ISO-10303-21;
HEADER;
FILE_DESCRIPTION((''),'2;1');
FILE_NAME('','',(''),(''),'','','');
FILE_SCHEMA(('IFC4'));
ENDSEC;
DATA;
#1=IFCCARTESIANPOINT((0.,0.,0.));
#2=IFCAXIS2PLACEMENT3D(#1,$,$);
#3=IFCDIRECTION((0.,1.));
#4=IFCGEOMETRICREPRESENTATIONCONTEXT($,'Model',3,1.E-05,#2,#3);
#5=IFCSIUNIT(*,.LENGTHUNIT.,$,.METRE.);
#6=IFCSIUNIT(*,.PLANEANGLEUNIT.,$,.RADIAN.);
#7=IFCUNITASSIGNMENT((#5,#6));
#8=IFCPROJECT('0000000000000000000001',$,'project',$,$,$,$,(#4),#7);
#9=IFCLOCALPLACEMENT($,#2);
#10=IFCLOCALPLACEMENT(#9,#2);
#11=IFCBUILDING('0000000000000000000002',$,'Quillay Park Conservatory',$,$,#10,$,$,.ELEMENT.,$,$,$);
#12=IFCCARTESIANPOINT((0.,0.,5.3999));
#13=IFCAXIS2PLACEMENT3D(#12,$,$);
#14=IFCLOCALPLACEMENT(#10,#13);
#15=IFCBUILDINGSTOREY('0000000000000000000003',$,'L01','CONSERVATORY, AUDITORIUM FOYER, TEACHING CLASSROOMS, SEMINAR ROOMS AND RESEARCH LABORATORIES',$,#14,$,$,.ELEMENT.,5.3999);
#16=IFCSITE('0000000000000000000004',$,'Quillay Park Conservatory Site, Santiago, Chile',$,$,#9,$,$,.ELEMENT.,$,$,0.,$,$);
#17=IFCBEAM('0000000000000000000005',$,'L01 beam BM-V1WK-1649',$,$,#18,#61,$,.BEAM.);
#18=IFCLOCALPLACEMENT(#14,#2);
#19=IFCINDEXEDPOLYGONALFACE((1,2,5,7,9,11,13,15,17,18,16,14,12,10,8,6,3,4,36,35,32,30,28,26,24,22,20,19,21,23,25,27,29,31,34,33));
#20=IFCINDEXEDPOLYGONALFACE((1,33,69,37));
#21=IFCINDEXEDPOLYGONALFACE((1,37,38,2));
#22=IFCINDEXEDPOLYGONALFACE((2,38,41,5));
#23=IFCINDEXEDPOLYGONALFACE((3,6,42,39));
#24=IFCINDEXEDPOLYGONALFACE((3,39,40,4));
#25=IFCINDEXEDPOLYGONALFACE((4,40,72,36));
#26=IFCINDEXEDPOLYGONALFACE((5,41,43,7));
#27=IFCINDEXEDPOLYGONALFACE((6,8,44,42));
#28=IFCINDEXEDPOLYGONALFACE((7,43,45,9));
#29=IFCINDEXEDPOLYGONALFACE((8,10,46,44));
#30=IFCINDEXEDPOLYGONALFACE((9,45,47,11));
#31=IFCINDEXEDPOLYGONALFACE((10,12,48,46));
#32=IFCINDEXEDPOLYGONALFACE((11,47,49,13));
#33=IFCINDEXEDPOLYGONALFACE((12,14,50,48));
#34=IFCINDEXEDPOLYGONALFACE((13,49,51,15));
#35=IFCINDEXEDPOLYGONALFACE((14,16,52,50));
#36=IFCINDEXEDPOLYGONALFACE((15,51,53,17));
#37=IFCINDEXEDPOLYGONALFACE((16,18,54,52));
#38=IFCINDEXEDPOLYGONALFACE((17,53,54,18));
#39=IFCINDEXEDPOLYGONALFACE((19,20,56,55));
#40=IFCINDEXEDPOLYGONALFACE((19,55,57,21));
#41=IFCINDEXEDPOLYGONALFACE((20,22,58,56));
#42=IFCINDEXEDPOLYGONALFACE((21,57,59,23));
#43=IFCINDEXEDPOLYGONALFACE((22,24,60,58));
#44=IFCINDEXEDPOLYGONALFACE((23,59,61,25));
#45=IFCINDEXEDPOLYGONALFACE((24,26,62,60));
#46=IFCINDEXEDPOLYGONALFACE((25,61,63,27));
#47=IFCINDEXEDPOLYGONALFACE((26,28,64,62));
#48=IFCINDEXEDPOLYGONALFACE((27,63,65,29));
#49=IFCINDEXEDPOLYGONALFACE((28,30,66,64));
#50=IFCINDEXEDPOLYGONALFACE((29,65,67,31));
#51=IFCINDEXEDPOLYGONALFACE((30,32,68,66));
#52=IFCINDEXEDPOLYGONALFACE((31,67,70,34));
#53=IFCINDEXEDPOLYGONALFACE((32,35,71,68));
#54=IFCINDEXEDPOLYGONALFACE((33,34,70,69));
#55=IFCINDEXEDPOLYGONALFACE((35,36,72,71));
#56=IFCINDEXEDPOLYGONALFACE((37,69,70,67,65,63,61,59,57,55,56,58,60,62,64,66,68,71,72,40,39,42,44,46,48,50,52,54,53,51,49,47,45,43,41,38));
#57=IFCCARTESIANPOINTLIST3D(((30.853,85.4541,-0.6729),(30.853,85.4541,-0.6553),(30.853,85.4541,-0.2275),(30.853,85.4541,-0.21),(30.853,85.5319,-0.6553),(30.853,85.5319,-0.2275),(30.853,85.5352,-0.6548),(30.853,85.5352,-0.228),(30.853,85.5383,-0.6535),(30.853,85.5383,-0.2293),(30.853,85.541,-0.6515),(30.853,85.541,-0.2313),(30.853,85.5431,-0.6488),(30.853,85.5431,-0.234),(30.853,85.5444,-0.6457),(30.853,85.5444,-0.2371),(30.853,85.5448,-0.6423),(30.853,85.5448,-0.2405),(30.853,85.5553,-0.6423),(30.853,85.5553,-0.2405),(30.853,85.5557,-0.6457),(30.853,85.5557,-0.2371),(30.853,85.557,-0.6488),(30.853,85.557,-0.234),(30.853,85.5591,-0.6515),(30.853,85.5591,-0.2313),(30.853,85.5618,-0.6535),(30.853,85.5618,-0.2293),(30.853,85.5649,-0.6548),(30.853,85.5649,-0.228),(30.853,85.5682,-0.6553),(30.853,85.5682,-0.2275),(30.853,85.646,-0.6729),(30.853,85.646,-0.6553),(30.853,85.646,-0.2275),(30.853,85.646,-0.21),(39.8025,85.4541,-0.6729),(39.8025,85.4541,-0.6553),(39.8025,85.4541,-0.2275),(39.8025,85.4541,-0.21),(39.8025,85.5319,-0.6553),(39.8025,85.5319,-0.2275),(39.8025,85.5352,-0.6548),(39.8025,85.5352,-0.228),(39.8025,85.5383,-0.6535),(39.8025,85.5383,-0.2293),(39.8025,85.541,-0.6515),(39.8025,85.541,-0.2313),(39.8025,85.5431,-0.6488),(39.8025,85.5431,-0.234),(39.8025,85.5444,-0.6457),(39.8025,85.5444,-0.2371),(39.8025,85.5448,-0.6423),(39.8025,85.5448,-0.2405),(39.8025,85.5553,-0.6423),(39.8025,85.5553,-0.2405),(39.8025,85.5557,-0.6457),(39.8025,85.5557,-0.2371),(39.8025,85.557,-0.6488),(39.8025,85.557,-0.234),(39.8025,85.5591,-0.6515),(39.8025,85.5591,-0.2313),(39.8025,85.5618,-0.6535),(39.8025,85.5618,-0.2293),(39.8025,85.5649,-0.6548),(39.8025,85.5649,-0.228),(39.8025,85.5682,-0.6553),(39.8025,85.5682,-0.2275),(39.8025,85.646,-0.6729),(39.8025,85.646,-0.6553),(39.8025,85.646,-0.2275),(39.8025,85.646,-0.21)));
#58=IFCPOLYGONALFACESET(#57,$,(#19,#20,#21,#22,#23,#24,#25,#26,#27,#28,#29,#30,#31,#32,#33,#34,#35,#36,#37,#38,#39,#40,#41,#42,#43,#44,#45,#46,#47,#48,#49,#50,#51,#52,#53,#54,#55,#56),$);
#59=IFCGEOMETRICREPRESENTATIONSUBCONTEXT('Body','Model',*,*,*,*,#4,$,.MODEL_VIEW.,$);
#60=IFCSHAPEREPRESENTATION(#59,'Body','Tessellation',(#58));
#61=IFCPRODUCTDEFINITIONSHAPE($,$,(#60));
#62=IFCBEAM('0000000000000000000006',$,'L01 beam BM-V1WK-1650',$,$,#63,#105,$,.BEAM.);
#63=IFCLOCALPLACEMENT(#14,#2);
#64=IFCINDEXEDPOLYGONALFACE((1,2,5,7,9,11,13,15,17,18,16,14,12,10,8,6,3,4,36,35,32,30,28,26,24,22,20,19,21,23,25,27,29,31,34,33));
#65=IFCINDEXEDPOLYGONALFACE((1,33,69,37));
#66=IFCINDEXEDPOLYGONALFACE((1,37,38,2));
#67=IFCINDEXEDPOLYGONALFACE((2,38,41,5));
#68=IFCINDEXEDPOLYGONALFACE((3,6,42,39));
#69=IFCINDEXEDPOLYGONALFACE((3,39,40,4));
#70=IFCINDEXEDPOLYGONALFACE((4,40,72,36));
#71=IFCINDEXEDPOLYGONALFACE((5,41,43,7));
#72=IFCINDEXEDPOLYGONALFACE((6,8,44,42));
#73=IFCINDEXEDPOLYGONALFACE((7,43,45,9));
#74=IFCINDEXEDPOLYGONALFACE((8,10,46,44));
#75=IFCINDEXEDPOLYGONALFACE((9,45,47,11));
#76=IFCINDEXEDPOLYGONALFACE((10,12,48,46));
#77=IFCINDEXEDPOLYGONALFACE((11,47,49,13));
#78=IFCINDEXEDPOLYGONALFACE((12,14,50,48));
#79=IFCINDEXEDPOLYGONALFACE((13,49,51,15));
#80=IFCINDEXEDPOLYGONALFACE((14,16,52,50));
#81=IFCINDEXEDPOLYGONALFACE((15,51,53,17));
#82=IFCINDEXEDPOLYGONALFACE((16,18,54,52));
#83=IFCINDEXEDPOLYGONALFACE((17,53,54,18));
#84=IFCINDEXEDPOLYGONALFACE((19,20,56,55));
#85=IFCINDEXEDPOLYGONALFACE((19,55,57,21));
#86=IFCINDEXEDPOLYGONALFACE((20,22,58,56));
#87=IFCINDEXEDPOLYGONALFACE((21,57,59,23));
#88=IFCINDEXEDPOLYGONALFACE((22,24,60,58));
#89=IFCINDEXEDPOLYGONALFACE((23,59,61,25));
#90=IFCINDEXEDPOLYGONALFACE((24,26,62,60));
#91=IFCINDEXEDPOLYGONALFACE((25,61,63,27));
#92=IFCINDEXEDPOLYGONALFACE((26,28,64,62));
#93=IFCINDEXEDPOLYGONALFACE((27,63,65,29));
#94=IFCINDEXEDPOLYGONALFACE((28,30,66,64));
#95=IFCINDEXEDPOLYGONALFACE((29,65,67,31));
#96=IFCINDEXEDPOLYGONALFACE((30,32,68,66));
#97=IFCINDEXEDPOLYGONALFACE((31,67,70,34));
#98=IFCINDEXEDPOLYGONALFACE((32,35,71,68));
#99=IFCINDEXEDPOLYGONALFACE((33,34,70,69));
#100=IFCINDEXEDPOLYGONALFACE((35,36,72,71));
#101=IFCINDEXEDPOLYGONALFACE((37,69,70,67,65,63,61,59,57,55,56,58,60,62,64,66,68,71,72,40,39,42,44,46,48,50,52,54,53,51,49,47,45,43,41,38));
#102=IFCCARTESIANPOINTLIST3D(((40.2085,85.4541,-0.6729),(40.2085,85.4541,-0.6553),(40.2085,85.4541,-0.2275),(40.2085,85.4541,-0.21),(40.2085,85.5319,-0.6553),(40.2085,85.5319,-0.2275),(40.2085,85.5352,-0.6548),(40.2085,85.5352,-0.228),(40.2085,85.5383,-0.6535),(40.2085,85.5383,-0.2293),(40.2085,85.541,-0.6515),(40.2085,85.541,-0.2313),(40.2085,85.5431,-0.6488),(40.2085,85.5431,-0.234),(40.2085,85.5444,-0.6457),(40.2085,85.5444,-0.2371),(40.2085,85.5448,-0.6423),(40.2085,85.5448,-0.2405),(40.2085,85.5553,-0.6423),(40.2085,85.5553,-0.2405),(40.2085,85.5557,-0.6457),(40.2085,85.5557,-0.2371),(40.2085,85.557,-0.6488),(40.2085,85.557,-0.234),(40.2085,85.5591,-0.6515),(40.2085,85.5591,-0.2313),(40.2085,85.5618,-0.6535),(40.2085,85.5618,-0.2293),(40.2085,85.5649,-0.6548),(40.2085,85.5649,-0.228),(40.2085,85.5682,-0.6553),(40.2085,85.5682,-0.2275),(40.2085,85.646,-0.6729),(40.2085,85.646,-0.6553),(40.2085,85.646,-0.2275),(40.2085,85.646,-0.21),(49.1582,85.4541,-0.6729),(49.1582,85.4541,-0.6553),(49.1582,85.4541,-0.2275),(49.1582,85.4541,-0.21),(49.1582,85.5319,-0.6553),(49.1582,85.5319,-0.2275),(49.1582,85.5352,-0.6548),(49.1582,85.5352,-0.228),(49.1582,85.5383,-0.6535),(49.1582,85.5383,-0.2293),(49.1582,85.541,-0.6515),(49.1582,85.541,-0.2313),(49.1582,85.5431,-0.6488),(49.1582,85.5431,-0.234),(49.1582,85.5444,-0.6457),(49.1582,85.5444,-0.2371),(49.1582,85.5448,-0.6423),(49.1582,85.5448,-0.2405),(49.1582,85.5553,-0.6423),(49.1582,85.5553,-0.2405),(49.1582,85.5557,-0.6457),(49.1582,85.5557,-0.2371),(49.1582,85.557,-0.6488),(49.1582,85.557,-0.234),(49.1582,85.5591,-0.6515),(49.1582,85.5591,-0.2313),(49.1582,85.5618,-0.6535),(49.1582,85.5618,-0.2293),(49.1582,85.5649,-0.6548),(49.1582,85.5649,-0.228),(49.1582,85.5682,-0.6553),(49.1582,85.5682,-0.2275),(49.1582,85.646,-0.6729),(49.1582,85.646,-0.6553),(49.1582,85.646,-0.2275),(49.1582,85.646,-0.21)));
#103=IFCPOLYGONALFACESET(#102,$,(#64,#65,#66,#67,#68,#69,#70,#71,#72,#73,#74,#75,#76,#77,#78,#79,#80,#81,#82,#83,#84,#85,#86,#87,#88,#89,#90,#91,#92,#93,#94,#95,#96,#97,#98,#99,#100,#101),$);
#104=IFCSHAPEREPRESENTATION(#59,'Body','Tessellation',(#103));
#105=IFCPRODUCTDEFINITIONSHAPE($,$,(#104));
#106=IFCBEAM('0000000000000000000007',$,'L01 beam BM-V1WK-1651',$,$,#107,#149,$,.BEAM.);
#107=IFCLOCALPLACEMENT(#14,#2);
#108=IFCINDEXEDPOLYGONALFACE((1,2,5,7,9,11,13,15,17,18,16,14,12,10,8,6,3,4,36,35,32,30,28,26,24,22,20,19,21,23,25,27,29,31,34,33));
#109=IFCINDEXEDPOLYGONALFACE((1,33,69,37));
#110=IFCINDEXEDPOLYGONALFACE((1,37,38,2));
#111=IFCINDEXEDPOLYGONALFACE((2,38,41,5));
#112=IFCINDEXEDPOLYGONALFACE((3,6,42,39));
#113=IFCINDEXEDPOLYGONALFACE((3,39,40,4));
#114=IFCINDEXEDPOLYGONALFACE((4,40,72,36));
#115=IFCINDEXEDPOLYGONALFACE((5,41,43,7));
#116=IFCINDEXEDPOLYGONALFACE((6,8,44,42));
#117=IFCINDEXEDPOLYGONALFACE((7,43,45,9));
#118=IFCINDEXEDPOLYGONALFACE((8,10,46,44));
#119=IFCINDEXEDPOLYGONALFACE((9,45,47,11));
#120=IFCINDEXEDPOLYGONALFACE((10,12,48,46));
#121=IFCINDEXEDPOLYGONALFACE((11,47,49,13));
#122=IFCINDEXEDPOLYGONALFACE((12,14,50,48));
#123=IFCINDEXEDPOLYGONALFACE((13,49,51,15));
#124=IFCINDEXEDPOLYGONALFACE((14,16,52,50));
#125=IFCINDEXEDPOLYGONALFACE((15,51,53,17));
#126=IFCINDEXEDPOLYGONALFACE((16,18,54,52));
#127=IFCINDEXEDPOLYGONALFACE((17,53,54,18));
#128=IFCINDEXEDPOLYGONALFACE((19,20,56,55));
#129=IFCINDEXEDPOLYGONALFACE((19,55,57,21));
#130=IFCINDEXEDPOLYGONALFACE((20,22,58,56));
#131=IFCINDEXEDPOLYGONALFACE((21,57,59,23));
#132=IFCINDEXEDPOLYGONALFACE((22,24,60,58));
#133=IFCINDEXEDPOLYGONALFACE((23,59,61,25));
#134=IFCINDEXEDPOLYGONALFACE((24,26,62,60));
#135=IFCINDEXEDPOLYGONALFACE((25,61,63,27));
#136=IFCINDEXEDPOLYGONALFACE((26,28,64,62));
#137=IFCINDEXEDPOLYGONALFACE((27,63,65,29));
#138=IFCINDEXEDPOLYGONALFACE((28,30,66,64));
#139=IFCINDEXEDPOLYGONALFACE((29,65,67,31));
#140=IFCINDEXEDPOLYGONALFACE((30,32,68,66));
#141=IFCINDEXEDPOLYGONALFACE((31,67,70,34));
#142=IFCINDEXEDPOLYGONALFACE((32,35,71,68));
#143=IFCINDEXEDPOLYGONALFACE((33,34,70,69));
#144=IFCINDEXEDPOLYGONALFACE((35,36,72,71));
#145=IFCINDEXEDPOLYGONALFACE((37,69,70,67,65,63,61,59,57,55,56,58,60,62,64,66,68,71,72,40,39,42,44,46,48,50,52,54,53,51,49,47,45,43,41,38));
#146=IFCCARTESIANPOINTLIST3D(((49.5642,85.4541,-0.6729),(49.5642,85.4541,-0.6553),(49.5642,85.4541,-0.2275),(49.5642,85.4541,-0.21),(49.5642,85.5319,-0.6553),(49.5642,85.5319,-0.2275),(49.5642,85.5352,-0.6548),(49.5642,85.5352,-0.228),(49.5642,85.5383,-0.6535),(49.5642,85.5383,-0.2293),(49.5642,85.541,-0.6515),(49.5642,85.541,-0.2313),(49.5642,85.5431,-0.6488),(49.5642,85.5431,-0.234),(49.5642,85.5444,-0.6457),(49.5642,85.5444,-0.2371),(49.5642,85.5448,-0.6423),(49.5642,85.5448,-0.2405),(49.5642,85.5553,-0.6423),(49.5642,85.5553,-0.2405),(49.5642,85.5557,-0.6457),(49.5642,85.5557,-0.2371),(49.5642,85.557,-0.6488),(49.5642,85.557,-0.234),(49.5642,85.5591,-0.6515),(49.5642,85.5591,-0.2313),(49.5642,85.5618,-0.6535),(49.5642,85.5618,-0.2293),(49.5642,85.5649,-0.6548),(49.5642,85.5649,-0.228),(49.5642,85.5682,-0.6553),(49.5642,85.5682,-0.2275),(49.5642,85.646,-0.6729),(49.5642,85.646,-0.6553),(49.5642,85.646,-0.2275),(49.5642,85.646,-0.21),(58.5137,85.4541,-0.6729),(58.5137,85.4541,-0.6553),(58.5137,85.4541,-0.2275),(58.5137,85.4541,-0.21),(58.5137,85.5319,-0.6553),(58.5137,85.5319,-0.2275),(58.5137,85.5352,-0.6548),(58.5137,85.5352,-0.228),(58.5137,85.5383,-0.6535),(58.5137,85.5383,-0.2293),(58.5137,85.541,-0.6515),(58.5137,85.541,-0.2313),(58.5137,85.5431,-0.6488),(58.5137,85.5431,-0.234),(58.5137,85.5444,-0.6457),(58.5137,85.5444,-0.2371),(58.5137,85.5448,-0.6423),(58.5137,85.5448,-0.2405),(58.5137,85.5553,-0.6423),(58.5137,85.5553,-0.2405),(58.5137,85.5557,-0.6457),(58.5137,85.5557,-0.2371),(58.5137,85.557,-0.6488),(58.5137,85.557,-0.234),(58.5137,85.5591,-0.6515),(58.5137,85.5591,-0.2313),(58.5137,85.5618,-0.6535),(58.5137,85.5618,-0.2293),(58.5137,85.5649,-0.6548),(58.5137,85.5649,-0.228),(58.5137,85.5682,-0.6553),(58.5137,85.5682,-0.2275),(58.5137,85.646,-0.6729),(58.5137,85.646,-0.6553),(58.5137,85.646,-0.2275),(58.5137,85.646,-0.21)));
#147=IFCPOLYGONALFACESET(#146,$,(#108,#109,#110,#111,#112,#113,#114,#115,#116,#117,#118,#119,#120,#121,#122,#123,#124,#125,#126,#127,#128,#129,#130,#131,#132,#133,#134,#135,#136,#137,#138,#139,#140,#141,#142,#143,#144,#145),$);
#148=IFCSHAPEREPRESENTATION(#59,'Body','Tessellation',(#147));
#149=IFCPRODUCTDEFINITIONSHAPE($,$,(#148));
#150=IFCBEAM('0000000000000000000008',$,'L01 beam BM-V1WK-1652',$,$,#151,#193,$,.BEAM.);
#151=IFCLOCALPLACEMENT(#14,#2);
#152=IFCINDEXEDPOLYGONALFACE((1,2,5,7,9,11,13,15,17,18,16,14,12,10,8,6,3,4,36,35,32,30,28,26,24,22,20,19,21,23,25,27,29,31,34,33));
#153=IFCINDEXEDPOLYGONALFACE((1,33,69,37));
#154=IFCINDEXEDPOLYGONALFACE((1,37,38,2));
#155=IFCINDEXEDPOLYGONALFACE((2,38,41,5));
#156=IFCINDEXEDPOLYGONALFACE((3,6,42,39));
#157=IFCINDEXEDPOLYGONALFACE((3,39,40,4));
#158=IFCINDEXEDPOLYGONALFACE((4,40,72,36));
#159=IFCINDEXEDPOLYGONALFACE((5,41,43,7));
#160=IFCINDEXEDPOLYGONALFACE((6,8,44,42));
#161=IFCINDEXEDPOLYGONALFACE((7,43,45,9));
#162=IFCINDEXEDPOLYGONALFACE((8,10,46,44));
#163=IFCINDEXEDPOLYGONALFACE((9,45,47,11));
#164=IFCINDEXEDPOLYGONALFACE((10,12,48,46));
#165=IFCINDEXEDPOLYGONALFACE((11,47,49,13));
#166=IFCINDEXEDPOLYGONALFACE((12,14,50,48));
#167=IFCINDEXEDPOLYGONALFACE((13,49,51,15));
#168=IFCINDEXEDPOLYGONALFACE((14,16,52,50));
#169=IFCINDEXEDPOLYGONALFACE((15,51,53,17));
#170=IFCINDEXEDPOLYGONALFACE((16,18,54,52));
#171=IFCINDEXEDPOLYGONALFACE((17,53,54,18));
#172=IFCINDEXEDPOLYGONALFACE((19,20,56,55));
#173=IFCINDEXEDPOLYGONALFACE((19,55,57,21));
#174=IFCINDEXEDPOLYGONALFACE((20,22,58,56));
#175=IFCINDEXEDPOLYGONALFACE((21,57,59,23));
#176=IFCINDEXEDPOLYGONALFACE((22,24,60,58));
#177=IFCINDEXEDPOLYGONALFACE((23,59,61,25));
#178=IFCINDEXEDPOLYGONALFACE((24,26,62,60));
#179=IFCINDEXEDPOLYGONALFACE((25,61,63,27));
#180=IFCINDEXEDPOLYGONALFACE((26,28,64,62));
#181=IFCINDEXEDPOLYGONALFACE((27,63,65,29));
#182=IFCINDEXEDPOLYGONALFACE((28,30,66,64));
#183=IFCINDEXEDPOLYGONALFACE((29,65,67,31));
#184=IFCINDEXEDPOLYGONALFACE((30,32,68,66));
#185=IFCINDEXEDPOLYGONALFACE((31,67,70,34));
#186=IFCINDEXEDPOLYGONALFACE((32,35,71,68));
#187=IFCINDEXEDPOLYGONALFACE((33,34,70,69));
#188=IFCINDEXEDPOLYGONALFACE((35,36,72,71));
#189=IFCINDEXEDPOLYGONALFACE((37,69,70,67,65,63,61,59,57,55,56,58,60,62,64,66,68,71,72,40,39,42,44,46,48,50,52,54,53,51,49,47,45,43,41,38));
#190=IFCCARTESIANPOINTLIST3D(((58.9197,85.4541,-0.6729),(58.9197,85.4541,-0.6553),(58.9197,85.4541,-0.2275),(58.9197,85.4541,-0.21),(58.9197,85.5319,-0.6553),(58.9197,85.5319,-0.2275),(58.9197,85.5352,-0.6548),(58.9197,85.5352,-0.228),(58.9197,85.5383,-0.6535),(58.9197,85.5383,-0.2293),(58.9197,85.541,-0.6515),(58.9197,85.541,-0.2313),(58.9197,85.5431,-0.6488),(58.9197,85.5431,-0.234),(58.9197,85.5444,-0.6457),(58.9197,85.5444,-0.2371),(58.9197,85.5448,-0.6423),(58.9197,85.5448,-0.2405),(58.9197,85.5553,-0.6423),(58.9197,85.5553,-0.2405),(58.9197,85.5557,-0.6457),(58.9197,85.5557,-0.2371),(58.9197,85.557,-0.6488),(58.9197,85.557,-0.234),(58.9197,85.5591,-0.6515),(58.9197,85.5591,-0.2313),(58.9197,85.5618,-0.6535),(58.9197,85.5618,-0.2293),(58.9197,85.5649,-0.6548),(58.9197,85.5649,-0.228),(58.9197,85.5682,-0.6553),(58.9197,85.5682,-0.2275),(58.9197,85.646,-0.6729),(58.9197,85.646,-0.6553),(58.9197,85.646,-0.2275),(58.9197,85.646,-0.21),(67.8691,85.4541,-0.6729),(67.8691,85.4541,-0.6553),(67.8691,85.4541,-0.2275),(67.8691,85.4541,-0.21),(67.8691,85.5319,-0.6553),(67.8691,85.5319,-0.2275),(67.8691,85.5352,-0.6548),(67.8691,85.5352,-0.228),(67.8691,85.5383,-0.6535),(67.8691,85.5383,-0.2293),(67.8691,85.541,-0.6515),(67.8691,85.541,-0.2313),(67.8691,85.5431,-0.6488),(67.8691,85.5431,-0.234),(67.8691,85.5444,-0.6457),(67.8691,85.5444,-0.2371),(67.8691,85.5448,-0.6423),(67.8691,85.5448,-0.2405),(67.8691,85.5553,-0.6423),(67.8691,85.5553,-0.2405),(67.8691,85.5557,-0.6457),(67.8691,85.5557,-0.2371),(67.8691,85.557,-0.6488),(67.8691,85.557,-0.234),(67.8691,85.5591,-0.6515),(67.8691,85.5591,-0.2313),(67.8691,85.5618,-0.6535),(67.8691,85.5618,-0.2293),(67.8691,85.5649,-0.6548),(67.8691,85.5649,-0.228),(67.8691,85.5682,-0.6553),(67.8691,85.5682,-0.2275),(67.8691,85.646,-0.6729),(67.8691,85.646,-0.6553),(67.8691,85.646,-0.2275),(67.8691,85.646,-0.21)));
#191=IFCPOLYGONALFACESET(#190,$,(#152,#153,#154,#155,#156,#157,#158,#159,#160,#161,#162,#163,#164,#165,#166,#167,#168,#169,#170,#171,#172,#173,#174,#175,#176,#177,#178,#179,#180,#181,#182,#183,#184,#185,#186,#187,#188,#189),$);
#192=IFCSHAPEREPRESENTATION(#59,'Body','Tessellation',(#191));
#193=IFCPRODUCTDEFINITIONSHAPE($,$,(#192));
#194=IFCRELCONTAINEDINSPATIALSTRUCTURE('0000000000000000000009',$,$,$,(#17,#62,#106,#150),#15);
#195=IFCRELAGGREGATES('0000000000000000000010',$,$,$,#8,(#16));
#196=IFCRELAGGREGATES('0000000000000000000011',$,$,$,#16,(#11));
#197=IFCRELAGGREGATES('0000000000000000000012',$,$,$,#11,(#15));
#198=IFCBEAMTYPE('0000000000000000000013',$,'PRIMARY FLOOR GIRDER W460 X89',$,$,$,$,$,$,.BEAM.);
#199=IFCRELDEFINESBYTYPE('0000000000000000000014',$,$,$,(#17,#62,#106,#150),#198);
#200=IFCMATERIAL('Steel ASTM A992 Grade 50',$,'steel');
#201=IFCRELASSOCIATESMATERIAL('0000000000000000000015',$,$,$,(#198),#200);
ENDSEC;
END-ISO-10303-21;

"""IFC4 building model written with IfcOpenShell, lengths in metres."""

from ifc_helpers import new_model, si_unit, direction, frame, origin, origin_2d, place, context, subcontext, project, spatial, i_section, extrude, material, material_profile, profile_set, type_object, element, save


model = new_model("IFC4")

# Units and contexts
model_context = context("Model", 3, precision=1e-05, world=origin(), true_north=direction((0.0, 1.0)))
body_context = subcontext(model_context, "Body", "Model", "MODEL_VIEW")
ifc_project = project(units=[si_unit("LENGTHUNIT", "METRE"), si_unit("PLANEANGLEUNIT", "RADIAN")], contexts=[model_context])

# Site, building, storey
site_placement = place(None, origin())
site = spatial("IfcSite", under=ifc_project, at=site_placement, Name="Quillay Park Conservatory Site, Santiago, Chile", CompositionType="ELEMENT", RefElevation=0.0)
building_placement = place(site_placement, origin())
building = spatial("IfcBuilding", under=site, at=building_placement, Name="Quillay Park Conservatory", CompositionType="ELEMENT")
storey_placement = place(building_placement, frame((0.0, 0.0, 5.3999)))
storey = spatial("IfcBuildingStorey", under=building, at=storey_placement, Name="L01", Description="CONSERVATORY, AUDITORIUM FOYER, TEACHING CLASSROOMS, SEMINAR ROOMS AND RESEARCH LABORATORIES", CompositionType="ELEMENT", Elevation=5.3999)

# Beams
ifc_material_1 = material(Name="Steel ASTM A992 Grade 50", Category="steel")
ifc_material_profile_1 = material_profile(ifc_material_1, i_section(OverallWidth=0.1919, OverallDepth=0.4629, WebThickness=0.0105, FlangeThickness=0.0176, FilletRadius=0.0129, at=origin_2d()), Name="W460x89")
ifc_profile_set_1 = profile_set([ifc_material_profile_1], Name="Steel ASTM A992 Grade 50")
beam_type_1 = type_object("IfcBeamType", Name="PRIMARY FLOOR GIRDER W460 X89", PredefinedType="BEAM", material=ifc_profile_set_1)
beam_1_placement = place(storey_placement, frame((30.853, 85.55, -0.4414), z_axis=(1.0, 0.0, 0.0), x_axis=(0.0, 1.0, 0.0)))
element("IfcBeam", 1, at=beam_1_placement, inside=storey, type_object=beam_type_1, Name="L01 beam BM-V1WK-1649", PredefinedType="BEAM", context=body_context, shape_type="SweptSolid", body=[
    extrude(i_section(OverallWidth=0.1919, OverallDepth=0.4629, WebThickness=0.0105, FlangeThickness=0.0176, FilletRadius=0.0129, at=origin_2d()), origin(), (0.0, 0.0, 1.0), 8.9495),
])
beam_2_placement = place(storey_placement, frame((40.2085, 85.55, -0.4414), z_axis=(1.0, 0.0, 0.0), x_axis=(0.0, 1.0, 0.0)))
element("IfcBeam", 2, at=beam_2_placement, inside=storey, type_object=beam_type_1, Name="L01 beam BM-V1WK-1650", PredefinedType="BEAM", context=body_context, shape_type="SweptSolid", body=[
    extrude(i_section(OverallWidth=0.1919, OverallDepth=0.4629, WebThickness=0.0105, FlangeThickness=0.0176, FilletRadius=0.0129, at=origin_2d()), origin(), (0.0, 0.0, 1.0), 8.9497),
])
for number, where, z_axis, x_axis, name in (
    (3, (49.5642, 85.55, -0.4414), (1.0, 0.0, 0.0), (0.0, 1.0, 0.0), "L01 beam BM-V1WK-1651"),
    (4, (58.9197, 85.55, -0.4414), (1.0, 0.0, 0.0), (0.0, 1.0, 0.0), "L01 beam BM-V1WK-1652"),
):
    element("IfcBeam", number, at=place(storey_placement, frame(where, z_axis=z_axis, x_axis=x_axis)), inside=storey, type_object=beam_type_1, Name=name, PredefinedType="BEAM", context=body_context, shape_type="SweptSolid", body=[
        extrude(i_section(OverallWidth=0.1919, OverallDepth=0.4629, WebThickness=0.0105, FlangeThickness=0.0176, FilletRadius=0.0129, at=origin_2d()), origin(), (0.0, 0.0, 1.0), 8.9495),
    ])

save(model, "model.ifc")
